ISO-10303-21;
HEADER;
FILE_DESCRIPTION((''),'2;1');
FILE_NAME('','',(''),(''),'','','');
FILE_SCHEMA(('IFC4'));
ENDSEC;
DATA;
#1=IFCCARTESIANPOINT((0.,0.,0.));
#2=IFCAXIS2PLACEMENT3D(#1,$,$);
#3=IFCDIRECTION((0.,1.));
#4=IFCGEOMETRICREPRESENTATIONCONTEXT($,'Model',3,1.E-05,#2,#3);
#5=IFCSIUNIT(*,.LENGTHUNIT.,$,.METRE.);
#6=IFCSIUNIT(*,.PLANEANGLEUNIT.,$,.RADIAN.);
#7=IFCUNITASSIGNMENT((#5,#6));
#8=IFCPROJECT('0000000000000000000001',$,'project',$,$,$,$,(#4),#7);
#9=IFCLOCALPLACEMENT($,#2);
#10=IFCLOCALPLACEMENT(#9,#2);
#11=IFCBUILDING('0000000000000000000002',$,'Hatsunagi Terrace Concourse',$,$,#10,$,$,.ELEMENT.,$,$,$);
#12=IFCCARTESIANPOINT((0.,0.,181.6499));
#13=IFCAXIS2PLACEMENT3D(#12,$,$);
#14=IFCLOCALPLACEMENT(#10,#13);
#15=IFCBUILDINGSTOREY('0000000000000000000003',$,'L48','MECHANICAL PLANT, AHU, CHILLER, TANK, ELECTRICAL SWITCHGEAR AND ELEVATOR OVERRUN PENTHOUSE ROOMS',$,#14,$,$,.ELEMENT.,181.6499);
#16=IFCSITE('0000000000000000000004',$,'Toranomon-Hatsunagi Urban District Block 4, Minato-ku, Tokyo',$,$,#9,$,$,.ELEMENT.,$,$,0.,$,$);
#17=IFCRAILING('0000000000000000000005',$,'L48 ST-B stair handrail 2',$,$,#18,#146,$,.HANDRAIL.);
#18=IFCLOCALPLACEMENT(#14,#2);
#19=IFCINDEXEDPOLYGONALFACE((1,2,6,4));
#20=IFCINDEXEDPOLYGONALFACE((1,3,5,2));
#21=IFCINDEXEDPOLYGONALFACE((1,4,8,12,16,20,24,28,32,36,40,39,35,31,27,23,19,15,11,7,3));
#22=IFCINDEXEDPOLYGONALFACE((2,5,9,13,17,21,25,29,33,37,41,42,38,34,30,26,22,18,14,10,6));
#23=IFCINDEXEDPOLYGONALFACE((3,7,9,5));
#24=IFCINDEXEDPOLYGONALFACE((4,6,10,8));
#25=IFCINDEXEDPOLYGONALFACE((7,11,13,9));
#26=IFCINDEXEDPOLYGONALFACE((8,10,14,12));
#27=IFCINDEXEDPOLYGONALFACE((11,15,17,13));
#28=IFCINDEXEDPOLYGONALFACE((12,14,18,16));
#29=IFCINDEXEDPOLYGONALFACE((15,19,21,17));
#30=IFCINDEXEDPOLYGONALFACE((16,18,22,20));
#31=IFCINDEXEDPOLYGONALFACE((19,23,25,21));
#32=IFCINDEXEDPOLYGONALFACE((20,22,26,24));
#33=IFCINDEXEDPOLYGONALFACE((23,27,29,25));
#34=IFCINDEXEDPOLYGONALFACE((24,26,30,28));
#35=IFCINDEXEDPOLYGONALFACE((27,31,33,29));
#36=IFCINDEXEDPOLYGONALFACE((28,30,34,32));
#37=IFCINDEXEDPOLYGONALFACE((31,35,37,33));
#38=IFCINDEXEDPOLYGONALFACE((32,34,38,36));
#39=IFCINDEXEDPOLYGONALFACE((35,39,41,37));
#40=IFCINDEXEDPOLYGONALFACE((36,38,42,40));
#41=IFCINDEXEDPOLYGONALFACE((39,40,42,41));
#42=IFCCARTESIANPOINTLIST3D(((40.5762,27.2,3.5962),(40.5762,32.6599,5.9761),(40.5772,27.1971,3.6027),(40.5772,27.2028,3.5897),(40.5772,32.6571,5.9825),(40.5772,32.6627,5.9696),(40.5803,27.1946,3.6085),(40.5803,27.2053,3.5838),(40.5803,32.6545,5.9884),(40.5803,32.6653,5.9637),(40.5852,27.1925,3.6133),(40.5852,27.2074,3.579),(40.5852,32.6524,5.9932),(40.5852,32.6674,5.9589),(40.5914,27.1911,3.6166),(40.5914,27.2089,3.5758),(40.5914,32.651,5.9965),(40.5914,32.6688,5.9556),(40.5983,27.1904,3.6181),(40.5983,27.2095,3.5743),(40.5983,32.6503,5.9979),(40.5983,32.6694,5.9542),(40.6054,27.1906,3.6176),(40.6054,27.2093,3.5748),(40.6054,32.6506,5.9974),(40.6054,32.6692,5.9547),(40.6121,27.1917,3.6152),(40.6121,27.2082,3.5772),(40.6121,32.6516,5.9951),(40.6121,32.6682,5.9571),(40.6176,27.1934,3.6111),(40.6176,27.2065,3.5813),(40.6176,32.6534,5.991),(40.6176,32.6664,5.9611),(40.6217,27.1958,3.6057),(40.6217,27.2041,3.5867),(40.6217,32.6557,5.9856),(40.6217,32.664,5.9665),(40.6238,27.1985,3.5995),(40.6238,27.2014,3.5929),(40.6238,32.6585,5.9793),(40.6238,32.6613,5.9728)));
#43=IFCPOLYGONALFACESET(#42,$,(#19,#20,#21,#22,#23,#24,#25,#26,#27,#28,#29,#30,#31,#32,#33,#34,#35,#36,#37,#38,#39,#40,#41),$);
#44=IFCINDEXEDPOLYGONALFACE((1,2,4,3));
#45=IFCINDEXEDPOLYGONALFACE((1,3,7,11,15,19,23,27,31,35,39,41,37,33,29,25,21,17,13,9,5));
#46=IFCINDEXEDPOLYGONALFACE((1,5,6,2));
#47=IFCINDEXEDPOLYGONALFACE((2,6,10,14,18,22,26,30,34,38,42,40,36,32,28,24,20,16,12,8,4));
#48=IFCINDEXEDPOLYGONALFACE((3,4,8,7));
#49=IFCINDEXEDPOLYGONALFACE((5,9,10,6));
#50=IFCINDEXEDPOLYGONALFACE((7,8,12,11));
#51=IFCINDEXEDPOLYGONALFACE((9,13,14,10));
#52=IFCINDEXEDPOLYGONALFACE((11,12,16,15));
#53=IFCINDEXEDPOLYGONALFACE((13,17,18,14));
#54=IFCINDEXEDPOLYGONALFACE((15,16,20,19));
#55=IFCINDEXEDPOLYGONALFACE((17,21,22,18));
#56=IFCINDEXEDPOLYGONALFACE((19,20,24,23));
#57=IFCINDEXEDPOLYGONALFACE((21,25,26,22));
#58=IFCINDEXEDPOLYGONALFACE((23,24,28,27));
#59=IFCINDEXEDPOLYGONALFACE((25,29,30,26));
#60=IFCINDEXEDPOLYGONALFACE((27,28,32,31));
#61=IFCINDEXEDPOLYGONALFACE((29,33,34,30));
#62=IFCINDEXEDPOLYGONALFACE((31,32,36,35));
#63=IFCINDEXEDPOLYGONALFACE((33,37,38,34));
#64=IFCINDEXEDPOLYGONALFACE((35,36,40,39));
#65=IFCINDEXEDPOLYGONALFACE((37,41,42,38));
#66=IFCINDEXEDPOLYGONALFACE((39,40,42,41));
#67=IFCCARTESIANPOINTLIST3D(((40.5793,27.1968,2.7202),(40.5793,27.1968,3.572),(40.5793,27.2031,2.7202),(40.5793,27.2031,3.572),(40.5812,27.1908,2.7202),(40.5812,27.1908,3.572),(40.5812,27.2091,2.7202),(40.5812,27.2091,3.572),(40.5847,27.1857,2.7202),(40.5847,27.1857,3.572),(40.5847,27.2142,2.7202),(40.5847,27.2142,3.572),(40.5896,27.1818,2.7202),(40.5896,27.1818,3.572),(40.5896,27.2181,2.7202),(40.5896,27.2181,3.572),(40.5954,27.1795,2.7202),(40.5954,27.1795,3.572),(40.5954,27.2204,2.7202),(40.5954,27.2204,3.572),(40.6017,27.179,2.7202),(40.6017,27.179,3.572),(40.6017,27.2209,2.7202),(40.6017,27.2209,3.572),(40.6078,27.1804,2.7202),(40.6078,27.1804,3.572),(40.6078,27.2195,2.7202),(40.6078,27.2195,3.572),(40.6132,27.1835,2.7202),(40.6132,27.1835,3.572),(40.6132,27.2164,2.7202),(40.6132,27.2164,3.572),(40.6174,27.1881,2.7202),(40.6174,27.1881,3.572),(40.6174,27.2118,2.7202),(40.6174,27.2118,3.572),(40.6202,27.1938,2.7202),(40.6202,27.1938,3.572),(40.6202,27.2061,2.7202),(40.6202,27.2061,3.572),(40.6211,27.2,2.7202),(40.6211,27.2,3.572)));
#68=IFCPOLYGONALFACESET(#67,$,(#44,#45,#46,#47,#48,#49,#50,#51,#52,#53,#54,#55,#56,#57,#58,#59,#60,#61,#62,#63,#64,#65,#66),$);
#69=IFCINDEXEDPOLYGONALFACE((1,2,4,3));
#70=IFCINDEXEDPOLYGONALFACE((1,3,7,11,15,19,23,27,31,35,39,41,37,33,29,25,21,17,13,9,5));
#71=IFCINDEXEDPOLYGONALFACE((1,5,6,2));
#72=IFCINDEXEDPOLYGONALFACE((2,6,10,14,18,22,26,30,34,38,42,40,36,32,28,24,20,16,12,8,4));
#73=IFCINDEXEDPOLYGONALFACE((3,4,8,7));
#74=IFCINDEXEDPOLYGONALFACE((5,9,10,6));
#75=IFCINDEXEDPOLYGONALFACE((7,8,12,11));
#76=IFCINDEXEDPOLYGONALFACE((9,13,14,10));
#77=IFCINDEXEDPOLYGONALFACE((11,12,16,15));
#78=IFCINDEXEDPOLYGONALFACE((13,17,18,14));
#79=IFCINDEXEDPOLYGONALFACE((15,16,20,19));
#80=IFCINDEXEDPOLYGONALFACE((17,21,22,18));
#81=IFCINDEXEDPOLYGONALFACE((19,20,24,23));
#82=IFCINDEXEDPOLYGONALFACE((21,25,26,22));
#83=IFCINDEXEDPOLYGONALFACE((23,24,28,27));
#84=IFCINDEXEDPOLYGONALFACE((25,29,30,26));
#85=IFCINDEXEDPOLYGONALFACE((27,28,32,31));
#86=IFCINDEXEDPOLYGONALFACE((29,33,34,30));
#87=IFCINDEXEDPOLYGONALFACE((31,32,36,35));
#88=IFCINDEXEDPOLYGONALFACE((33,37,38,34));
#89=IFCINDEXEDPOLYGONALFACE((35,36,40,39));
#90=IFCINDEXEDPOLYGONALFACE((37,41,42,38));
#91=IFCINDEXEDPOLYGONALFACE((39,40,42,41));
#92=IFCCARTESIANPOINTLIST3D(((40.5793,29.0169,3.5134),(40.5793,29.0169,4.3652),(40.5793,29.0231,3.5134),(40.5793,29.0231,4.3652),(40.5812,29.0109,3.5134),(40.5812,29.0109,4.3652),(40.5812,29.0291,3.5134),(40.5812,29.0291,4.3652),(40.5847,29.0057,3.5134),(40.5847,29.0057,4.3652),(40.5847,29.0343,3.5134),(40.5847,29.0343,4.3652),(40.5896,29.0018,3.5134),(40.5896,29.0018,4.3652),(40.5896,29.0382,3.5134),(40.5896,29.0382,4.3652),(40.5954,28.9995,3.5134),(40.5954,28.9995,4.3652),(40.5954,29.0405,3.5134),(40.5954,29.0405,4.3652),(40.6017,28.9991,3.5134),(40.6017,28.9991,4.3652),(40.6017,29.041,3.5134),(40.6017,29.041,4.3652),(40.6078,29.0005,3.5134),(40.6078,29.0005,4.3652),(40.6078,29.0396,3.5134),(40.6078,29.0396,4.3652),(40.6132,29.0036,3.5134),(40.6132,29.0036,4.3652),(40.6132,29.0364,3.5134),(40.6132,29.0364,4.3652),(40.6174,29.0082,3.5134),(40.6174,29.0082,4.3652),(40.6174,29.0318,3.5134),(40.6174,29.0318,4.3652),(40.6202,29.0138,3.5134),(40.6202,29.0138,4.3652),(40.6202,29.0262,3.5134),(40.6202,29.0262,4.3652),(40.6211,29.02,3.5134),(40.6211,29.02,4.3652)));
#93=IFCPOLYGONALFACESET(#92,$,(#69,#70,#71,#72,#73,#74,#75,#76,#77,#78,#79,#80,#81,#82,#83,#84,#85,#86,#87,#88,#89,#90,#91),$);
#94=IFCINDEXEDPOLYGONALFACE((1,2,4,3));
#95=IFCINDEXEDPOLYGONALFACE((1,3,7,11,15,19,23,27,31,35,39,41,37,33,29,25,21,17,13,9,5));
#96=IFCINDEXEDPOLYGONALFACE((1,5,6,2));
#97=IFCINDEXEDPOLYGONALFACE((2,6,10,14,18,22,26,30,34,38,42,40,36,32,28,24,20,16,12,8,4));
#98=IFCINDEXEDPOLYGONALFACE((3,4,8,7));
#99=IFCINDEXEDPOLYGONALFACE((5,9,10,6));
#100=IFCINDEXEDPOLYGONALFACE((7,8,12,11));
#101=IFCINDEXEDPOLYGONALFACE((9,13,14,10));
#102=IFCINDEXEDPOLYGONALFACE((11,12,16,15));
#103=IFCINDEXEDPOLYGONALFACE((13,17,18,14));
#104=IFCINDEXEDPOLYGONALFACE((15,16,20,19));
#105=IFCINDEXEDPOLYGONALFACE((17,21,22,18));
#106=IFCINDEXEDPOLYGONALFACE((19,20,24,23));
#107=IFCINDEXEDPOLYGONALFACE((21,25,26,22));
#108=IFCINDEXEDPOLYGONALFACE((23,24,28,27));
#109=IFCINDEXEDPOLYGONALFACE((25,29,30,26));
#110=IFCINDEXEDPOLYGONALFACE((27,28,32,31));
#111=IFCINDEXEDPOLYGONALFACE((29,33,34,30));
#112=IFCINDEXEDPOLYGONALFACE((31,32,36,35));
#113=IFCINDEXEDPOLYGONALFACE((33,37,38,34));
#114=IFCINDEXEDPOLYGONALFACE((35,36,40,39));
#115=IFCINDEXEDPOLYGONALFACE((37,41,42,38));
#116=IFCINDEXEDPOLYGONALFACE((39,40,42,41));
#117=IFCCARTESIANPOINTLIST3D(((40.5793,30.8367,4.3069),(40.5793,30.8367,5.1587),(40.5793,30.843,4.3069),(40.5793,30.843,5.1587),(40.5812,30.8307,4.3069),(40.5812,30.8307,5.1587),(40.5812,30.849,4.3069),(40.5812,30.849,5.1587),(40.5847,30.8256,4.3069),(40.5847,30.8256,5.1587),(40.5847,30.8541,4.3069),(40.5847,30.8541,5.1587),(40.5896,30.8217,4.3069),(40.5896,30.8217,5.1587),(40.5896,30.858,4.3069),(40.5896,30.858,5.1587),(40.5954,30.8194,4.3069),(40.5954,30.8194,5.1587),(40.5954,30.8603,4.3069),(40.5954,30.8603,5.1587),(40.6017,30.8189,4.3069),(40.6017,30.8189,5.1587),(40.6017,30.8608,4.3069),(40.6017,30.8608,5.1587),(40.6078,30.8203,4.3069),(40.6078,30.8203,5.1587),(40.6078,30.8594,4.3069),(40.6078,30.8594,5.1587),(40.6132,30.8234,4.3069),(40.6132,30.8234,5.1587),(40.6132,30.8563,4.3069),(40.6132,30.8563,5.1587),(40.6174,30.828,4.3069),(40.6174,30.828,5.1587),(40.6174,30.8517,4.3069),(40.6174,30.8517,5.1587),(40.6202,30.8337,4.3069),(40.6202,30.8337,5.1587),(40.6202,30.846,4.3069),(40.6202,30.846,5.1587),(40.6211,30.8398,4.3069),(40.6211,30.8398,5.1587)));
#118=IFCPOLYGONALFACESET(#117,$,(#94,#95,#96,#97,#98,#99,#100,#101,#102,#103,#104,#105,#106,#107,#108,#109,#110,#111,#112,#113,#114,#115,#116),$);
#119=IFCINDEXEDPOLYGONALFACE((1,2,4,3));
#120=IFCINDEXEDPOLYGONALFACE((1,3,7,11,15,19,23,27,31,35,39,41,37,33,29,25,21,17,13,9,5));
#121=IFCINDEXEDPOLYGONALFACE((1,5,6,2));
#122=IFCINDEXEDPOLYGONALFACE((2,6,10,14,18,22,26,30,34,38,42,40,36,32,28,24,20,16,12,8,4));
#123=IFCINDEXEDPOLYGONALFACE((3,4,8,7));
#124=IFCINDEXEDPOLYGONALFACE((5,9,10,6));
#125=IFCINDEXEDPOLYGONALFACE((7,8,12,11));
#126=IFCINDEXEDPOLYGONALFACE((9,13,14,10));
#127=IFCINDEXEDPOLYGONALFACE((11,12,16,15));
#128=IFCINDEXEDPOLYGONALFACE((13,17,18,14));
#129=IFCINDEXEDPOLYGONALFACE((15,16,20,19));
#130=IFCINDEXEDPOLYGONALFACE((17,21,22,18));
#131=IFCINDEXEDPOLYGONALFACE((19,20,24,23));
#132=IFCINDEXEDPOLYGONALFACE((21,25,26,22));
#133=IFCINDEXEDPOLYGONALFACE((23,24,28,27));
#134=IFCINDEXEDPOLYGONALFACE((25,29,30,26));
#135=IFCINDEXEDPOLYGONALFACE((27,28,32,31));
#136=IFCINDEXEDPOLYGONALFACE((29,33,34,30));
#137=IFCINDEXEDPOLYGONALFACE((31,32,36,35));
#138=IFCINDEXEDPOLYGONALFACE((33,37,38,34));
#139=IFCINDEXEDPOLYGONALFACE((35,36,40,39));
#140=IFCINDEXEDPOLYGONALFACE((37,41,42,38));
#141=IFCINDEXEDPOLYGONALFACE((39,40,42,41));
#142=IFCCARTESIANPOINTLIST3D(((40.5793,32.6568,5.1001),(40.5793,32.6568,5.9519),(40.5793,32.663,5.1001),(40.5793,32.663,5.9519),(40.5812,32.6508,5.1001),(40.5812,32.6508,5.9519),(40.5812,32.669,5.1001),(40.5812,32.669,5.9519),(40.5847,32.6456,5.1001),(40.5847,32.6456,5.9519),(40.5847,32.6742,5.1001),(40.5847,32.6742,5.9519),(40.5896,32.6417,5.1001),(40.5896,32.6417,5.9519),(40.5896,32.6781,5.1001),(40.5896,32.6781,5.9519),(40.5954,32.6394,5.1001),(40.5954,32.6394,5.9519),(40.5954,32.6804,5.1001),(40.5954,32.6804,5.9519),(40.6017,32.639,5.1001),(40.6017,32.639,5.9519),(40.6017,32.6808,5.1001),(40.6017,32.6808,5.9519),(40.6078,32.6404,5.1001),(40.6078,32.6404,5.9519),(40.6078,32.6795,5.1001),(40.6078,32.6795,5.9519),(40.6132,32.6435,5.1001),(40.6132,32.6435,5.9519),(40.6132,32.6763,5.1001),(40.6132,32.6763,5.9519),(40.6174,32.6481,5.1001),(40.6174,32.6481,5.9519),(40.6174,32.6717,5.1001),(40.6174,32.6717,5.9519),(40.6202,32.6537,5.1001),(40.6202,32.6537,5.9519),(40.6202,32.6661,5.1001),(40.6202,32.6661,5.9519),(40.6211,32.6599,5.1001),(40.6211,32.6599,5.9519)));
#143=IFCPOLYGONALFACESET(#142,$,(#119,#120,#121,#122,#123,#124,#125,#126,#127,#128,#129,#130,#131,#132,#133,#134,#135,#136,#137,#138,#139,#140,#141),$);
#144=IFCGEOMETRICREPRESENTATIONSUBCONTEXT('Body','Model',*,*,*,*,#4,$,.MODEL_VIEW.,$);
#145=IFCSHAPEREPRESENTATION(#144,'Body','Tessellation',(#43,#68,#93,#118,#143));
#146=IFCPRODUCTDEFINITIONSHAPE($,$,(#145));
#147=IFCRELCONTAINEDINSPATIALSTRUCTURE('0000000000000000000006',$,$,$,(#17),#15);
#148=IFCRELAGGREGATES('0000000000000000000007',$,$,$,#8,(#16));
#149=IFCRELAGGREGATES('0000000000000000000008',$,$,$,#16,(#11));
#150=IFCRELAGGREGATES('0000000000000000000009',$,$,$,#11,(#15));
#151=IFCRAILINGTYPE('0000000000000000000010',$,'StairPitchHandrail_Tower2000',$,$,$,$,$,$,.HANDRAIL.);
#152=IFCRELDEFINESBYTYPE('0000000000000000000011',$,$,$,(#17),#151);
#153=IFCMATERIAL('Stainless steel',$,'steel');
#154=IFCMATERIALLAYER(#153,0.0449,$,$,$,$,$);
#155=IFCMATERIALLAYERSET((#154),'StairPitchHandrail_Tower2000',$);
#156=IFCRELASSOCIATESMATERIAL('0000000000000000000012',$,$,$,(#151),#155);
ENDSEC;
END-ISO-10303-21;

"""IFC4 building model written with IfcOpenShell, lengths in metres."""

from ifc_helpers import new_model, si_unit, direction, frame, origin, origin_2d, place, context, subcontext, project, spatial, circle, extrude, material, layer, layer_set, type_object, element, save


model = new_model("IFC4")

# Units and contexts
model_context = context("Model", 3, precision=1e-05, world=origin(), true_north=direction((0.0, 1.0)))
body_context = subcontext(model_context, "Body", "Model", "MODEL_VIEW")
ifc_project = project(units=[si_unit("LENGTHUNIT", "METRE"), si_unit("PLANEANGLEUNIT", "RADIAN")], contexts=[model_context])

# Site, building, storey
site_placement = place(None, origin())
site = spatial("IfcSite", under=ifc_project, at=site_placement, Name="Toranomon-Hatsunagi Urban District Block 4, Minato-ku, Tokyo", CompositionType="ELEMENT", RefElevation=0.0)
building_placement = place(site_placement, origin())
building = spatial("IfcBuilding", under=site, at=building_placement, Name="Hatsunagi Terrace Concourse", CompositionType="ELEMENT")
storey_placement = place(building_placement, frame((0.0, 0.0, 181.6499)))
storey = spatial("IfcBuildingStorey", under=building, at=storey_placement, Name="L48", Description="MECHANICAL PLANT, AHU, CHILLER, TANK, ELECTRICAL SWITCHGEAR AND ELEVATOR OVERRUN PENTHOUSE ROOMS", CompositionType="ELEMENT", Elevation=181.6499)

# Railing
ifc_material_1 = material(Name="Stainless steel", Category="steel")
ifc_layer_1 = layer(ifc_material_1, 0.0449)
ifc_layer_set_1 = layer_set([ifc_layer_1], Name="StairPitchHandrail_Tower2000")
railing_type_1 = type_object("IfcRailingType", Name="StairPitchHandrail_Tower2000", PredefinedType="HANDRAIL", material=ifc_layer_set_1)
railing_1_placement = place(storey_placement, frame((40.6001, 27.2, 2.7202)))
element("IfcRailing", 1, at=railing_1_placement, inside=storey, type_object=railing_type_1, Name="L48 ST-B stair handrail 2", PredefinedType="HANDRAIL", context=body_context, shape_type="SweptSolid", body=[
    extrude(circle(Radius=0.0239, at=origin_2d()), frame((0.0, 0.0, 0.876), z_axis=(0.0, 0.916702, 0.399571), x_axis=(-1.0, 0.0, 0.0)), (0.0, 0.0, 1.0), 5.9561),
    extrude(circle(Radius=0.021, at=origin_2d()), origin(), (0.0, 0.0, 1.0), 0.8518),
    extrude(circle(Radius=0.021, at=origin_2d()), frame((0.0, 1.8201, 0.7932)), (0.0, 0.0, 1.0), 0.8518),
    extrude(circle(Radius=0.021, at=origin_2d()), frame((0.0, 3.6399, 1.5867)), (0.0, 0.0, 1.0), 0.8518),
    extrude(circle(Radius=0.021, at=origin_2d()), frame((0.0, 5.46, 2.3799)), (0.0, 0.0, 1.0), 0.8518),
])

save(model, "model.ifc")
